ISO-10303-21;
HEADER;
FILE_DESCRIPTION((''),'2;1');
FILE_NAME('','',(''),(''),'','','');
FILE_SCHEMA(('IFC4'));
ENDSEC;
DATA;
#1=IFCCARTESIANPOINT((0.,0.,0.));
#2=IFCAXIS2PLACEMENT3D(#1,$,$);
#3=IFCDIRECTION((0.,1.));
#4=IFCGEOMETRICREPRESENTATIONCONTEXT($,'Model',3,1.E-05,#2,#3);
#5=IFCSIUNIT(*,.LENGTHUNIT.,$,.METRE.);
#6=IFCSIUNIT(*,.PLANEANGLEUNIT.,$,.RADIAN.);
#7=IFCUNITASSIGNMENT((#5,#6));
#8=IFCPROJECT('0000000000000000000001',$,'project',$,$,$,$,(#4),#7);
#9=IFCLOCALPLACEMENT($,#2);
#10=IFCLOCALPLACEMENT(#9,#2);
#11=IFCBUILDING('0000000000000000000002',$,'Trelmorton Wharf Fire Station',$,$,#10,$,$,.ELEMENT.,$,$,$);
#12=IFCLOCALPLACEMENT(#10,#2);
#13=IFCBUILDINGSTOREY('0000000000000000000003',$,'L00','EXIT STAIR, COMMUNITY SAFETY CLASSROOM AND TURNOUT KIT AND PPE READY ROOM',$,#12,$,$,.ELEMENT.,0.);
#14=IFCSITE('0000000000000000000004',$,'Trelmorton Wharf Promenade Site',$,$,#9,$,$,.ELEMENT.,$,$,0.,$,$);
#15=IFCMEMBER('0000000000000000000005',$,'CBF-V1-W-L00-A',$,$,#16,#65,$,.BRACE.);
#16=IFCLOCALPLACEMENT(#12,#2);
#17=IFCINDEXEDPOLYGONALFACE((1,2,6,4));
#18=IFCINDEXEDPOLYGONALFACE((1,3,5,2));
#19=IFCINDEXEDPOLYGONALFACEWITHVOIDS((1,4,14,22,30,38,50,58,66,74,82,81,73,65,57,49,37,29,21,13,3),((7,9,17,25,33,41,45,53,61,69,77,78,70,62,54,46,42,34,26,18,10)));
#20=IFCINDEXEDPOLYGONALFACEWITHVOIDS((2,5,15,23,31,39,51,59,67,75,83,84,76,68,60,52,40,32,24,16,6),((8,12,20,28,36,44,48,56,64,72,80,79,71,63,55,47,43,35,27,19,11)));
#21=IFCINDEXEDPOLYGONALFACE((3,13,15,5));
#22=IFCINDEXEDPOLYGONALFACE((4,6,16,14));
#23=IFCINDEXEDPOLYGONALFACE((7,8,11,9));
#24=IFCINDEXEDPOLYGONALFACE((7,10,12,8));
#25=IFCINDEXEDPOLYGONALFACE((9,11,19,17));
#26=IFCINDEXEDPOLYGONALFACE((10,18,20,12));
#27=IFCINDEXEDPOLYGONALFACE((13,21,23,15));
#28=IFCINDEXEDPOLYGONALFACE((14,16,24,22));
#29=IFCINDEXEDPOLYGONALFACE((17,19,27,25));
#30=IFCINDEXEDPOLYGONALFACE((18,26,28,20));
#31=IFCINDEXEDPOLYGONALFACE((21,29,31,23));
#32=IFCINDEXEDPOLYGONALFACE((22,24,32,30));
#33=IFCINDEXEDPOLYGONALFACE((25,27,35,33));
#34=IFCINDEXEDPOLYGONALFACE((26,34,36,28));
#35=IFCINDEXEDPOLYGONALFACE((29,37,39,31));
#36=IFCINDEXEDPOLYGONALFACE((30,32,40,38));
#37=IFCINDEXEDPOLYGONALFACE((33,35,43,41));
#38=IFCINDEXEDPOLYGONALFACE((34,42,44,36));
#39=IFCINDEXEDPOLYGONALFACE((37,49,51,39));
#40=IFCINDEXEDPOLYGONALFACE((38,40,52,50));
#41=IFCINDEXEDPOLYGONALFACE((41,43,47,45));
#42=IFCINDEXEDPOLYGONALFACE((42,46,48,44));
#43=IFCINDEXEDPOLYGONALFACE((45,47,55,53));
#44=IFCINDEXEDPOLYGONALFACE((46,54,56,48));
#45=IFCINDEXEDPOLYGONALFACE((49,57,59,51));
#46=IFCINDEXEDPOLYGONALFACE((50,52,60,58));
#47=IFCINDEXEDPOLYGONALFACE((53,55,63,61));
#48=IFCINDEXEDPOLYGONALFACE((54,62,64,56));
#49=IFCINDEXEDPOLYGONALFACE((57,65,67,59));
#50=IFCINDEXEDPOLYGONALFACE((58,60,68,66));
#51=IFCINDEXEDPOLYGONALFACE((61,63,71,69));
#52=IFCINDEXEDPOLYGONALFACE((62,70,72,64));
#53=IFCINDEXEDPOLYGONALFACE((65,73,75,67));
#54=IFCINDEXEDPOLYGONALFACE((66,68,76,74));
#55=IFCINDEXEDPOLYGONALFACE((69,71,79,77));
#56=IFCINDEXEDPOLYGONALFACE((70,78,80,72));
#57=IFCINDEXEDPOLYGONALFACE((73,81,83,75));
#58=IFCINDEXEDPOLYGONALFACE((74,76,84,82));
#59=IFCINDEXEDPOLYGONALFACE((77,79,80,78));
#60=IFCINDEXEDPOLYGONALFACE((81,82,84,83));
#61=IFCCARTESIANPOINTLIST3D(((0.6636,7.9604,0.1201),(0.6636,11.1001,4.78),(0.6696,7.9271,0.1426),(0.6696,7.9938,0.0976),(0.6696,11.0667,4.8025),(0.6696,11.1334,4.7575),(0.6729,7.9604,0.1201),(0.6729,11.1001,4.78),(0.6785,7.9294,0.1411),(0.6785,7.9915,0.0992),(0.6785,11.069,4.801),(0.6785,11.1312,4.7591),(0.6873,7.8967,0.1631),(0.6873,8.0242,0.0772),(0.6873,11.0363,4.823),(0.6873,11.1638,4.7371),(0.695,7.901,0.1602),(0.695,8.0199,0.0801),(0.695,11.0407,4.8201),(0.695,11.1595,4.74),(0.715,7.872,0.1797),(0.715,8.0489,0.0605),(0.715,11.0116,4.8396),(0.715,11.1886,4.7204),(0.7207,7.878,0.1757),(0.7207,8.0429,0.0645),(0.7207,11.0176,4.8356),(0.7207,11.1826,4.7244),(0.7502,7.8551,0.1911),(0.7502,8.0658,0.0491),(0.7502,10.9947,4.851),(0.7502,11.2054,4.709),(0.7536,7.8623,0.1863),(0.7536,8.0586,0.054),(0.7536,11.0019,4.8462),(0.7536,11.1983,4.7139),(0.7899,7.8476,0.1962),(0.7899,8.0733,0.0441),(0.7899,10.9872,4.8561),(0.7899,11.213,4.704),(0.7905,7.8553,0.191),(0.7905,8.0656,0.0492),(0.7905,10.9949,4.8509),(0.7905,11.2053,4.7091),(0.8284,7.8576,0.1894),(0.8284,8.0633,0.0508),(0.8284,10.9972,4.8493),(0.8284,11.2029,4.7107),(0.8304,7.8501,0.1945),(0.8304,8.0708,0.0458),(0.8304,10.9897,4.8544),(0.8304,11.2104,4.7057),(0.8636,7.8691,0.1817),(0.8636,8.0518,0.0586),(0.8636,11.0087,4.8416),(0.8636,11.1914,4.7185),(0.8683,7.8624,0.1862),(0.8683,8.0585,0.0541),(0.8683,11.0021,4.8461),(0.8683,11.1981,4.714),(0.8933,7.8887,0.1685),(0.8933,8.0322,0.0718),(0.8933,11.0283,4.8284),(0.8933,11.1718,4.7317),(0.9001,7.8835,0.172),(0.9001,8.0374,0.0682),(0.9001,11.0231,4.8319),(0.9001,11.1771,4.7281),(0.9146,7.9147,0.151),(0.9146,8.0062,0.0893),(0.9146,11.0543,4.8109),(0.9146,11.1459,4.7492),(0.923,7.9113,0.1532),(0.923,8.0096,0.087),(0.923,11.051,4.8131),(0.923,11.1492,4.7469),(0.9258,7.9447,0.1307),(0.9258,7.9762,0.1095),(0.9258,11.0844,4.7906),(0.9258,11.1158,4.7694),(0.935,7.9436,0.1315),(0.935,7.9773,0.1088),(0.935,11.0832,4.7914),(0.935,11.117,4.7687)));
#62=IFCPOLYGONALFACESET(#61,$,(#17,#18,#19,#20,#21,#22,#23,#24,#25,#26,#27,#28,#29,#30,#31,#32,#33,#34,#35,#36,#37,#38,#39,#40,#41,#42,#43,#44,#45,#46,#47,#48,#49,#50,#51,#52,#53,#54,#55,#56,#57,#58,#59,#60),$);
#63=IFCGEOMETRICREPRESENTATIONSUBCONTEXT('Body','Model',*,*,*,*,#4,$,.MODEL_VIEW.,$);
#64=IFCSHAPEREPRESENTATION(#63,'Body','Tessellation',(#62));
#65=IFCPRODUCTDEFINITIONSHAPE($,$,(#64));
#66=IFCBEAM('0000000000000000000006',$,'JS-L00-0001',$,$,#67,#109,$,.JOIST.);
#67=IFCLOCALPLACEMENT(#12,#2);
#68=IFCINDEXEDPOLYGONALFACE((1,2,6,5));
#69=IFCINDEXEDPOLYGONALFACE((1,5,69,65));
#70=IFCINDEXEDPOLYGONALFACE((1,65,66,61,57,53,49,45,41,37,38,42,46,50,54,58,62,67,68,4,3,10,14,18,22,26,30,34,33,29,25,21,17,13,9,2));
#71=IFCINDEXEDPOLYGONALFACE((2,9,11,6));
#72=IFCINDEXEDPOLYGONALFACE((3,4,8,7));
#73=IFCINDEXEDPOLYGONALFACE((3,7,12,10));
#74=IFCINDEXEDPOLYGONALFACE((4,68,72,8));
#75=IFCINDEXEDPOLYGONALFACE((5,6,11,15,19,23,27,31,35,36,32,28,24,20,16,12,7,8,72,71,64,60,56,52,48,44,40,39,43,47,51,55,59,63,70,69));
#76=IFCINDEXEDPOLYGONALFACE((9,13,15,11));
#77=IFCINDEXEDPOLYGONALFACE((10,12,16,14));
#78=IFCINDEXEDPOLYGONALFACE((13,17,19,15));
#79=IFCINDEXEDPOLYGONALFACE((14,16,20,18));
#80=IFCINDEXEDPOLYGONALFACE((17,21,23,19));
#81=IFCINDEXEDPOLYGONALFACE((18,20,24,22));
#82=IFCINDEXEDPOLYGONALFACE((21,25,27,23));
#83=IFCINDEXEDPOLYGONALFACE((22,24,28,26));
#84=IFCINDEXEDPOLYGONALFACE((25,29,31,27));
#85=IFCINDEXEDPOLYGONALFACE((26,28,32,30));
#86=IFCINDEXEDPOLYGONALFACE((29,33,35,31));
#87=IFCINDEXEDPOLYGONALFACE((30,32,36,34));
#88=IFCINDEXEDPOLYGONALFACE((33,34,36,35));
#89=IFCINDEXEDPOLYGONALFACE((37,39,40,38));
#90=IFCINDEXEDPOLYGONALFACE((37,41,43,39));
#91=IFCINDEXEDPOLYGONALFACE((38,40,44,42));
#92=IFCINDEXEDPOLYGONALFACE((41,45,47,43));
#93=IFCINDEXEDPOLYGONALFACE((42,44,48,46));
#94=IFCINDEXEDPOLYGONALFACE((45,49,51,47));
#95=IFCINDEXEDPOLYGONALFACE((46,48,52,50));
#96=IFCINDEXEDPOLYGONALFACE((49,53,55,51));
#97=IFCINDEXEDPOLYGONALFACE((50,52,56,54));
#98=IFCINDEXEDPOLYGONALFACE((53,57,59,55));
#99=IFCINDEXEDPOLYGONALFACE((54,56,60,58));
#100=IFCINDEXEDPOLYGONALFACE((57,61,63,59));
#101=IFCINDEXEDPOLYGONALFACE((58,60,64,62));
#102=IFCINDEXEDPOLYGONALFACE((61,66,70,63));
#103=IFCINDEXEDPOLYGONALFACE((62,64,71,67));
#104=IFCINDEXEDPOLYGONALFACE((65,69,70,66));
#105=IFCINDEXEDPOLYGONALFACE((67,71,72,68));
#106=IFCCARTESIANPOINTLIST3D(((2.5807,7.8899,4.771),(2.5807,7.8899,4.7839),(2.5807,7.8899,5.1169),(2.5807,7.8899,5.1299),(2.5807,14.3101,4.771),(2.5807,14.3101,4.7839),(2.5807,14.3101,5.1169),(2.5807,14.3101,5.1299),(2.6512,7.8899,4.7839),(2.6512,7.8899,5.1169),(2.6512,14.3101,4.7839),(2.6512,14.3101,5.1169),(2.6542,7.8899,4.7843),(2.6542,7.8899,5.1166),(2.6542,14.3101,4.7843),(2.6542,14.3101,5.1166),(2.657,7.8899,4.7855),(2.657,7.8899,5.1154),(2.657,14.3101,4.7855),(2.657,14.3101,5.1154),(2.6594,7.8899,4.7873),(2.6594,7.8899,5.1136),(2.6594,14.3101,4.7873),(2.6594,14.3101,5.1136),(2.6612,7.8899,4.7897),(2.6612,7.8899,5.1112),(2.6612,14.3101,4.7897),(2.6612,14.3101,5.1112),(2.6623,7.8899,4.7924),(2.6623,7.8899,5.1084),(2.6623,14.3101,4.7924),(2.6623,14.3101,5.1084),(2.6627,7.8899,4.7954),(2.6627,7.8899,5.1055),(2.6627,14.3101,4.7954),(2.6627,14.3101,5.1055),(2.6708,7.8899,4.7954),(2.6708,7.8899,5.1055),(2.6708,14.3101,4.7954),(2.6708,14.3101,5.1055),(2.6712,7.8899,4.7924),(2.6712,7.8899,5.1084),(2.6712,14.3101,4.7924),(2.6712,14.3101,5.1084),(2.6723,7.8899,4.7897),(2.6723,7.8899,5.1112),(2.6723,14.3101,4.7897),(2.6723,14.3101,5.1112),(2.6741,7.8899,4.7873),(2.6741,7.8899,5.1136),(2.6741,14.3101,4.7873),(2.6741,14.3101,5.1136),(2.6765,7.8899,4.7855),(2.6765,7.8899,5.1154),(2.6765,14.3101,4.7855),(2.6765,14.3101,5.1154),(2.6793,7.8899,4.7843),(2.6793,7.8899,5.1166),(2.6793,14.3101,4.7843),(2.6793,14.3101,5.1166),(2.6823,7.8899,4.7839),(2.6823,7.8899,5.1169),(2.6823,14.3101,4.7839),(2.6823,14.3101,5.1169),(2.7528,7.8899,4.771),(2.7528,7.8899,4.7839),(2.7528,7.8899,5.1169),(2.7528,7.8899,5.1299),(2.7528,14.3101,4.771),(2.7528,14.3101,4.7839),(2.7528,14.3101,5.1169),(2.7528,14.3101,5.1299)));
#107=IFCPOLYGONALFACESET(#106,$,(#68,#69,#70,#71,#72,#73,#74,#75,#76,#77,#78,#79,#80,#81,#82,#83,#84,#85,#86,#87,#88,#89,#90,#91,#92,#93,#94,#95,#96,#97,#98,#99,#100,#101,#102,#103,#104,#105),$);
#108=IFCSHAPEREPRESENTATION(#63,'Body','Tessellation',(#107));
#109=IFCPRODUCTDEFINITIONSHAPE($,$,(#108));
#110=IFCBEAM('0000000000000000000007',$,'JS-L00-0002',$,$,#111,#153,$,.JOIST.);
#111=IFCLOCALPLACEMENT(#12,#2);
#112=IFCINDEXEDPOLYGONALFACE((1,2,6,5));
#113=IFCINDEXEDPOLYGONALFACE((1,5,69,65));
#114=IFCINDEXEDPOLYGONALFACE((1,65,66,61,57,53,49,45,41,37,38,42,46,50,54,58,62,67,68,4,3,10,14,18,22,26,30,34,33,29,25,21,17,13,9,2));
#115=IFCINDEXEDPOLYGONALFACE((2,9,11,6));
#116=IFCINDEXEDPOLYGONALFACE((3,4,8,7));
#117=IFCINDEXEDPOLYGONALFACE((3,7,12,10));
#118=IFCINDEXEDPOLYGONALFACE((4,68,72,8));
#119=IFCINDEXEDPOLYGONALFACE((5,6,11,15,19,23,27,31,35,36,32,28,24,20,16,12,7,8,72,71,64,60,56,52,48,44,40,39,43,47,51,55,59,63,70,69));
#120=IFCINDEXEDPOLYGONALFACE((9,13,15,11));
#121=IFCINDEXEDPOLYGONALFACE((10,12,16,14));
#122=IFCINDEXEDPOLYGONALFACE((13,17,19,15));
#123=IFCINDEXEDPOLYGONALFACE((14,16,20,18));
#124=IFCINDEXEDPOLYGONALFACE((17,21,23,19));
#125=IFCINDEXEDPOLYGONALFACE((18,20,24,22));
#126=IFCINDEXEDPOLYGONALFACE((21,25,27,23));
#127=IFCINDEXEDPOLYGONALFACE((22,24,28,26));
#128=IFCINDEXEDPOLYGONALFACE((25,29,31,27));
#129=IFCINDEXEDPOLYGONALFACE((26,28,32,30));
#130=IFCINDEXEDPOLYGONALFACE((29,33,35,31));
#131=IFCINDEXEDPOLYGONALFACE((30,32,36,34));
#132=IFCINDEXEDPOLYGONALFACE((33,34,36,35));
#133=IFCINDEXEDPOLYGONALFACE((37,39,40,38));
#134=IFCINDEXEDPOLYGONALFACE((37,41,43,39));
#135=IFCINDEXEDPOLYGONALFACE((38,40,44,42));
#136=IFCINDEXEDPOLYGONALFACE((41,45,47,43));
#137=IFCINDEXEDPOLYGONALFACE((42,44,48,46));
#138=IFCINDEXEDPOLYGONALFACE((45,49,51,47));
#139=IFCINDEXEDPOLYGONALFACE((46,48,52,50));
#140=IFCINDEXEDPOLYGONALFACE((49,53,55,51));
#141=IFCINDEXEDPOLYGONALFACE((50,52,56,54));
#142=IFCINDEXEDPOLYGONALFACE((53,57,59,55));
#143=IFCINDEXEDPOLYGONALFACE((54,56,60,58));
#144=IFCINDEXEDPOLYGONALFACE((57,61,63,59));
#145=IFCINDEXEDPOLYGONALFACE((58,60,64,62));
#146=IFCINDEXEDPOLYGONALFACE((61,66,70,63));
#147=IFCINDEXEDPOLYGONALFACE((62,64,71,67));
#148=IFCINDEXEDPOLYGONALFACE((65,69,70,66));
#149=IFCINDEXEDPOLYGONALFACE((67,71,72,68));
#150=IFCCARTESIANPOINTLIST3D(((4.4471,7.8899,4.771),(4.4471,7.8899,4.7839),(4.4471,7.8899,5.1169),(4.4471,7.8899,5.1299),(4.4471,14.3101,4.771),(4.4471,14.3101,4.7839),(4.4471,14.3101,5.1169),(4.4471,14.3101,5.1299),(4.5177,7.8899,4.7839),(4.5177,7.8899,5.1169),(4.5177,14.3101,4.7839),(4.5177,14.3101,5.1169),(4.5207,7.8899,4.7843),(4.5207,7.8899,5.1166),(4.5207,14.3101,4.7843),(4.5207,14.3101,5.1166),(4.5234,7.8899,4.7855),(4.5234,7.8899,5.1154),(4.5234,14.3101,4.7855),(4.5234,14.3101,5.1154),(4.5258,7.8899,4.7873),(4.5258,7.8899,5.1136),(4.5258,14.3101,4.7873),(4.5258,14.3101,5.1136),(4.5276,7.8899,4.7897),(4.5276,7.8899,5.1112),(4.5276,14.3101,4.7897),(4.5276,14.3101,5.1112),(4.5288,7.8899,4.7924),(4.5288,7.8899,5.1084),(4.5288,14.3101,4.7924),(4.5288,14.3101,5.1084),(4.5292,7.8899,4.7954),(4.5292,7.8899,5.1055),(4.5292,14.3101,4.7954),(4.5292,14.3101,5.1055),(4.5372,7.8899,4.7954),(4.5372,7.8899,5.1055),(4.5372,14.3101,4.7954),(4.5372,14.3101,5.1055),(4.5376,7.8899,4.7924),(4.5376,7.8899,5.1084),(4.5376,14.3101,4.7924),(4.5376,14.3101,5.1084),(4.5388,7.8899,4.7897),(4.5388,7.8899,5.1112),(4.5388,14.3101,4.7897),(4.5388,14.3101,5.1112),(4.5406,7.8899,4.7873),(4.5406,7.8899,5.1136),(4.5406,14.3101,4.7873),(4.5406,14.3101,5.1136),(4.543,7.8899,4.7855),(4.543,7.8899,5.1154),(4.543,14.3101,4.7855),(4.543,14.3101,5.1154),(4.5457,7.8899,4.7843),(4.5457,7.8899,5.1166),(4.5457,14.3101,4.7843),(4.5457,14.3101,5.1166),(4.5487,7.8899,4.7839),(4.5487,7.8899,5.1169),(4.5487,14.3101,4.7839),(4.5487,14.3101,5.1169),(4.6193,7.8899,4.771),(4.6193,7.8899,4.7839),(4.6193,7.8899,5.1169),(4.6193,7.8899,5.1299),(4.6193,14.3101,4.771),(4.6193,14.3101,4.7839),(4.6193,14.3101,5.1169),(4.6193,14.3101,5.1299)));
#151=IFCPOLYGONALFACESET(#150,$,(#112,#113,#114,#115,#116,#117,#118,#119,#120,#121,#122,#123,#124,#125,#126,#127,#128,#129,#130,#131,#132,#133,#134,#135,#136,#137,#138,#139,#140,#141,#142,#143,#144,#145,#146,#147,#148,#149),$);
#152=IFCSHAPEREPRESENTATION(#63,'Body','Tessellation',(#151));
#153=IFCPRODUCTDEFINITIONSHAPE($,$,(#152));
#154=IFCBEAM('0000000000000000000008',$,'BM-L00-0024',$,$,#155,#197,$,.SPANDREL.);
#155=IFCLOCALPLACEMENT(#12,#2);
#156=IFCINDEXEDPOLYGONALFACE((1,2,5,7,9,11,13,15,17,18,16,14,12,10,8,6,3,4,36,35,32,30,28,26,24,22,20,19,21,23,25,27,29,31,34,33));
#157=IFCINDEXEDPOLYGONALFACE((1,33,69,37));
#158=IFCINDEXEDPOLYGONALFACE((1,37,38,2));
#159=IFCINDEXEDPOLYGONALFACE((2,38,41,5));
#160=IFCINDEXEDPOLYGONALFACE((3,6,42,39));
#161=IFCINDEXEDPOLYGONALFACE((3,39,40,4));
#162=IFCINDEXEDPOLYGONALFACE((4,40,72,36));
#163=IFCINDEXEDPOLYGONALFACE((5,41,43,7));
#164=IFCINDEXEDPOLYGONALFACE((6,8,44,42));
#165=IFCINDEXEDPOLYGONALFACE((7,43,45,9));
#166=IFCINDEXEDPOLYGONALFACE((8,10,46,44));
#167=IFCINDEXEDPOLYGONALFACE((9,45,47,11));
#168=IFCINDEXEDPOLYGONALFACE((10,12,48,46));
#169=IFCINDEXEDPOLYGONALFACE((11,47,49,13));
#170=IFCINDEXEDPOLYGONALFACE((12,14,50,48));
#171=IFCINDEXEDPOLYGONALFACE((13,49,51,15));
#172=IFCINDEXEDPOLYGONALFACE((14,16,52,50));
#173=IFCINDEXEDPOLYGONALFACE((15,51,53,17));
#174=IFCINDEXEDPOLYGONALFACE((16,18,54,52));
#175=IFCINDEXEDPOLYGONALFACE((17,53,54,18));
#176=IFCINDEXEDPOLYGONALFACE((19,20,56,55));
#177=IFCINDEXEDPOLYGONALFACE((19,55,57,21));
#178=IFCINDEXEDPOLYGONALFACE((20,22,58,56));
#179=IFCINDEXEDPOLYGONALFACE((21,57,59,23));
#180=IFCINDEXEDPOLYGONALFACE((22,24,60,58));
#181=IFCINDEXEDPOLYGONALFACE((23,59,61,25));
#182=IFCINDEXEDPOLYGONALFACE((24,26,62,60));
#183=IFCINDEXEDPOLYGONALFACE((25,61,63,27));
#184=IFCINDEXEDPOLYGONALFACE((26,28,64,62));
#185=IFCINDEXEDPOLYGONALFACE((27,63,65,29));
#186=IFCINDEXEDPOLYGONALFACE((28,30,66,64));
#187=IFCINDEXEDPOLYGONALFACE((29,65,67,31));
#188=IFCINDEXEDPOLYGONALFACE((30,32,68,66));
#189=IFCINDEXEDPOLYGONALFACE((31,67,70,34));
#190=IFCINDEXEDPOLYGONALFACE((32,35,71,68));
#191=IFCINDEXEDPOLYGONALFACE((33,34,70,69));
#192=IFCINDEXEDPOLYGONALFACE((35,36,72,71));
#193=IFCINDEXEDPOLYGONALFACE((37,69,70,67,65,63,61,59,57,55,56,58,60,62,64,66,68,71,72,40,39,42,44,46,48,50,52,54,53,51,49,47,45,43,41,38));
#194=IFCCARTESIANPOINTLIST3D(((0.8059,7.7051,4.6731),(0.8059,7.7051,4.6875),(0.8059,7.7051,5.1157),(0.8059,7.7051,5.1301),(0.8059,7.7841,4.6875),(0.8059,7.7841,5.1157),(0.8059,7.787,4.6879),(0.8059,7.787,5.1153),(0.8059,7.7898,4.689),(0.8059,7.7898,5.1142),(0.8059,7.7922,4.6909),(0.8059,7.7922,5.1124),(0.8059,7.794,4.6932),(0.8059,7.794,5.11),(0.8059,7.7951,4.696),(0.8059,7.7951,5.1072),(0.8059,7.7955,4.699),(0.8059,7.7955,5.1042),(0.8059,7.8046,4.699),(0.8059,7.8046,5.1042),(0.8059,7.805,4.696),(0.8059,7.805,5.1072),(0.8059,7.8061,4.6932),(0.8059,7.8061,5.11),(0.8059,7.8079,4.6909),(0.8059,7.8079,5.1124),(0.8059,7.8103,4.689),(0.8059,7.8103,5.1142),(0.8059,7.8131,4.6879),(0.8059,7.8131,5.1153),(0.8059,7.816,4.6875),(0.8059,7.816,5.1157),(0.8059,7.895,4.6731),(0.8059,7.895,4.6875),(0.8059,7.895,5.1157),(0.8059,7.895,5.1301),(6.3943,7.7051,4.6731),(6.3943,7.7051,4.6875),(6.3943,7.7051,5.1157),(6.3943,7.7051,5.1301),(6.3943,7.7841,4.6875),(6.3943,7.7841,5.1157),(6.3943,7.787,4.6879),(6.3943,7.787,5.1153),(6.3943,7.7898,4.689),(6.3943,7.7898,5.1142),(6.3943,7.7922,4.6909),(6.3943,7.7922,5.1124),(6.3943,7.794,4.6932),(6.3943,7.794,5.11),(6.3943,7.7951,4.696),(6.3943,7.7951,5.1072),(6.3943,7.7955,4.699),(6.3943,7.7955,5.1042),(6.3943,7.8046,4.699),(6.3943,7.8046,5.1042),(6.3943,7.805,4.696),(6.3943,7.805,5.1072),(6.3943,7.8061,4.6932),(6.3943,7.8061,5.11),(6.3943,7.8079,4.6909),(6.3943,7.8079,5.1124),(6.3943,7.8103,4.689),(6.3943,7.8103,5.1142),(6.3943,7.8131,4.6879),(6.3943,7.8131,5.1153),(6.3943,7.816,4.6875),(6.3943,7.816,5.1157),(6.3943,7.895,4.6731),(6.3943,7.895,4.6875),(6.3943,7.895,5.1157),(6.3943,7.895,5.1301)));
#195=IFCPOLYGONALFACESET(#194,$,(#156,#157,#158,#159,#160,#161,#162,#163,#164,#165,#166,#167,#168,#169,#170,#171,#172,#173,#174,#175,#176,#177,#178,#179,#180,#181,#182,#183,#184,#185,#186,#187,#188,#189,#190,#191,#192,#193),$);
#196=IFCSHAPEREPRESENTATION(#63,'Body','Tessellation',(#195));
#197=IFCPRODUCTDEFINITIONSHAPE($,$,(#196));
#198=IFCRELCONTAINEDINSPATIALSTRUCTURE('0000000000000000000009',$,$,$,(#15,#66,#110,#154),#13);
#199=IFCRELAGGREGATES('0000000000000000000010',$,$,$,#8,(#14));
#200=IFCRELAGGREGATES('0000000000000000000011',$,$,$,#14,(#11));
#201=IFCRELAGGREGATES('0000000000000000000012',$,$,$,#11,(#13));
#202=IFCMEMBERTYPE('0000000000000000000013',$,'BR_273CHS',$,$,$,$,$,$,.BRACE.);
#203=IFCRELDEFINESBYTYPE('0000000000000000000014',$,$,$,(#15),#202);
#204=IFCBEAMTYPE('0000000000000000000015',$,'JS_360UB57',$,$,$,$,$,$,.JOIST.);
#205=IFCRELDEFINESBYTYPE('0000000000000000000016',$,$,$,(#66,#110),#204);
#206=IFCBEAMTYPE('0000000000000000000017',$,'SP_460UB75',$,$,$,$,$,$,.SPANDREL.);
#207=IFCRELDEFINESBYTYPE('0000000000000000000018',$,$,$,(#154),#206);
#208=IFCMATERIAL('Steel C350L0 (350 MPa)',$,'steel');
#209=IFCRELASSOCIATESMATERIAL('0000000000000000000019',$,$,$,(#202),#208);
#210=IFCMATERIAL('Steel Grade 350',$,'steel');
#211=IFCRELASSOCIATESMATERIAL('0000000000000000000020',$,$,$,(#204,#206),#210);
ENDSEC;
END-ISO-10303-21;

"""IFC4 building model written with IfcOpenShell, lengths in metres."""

from ifc_helpers import new_model, si_unit, direction, frame, origin, origin_2d, place, context, subcontext, project, spatial, hollow_circle, i_section, extrude, material, material_profile, profile_set, type_object, element, save


model = new_model("IFC4")

# Units and contexts
model_context = context("Model", 3, precision=1e-05, world=origin(), true_north=direction((0.0, 1.0)))
body_context = subcontext(model_context, "Body", "Model", "MODEL_VIEW")
ifc_project = project(units=[si_unit("LENGTHUNIT", "METRE"), si_unit("PLANEANGLEUNIT", "RADIAN")], contexts=[model_context])

# Site, building, storey
site_placement = place(None, origin())
site = spatial("IfcSite", under=ifc_project, at=site_placement, Name="Trelmorton Wharf Promenade Site", CompositionType="ELEMENT", RefElevation=0.0)
building_placement = place(site_placement, origin())
building = spatial("IfcBuilding", under=site, at=building_placement, Name="Trelmorton Wharf Fire Station", CompositionType="ELEMENT")
storey_placement = place(building_placement, origin())
storey = spatial("IfcBuildingStorey", under=building, at=storey_placement, Name="L00", Description="EXIT STAIR, COMMUNITY SAFETY CLASSROOM AND TURNOUT KIT AND PPE READY ROOM", CompositionType="ELEMENT", Elevation=0.0)

# Shared definitions
ifc_material_1 = material(Name="Steel Grade 350", Category="steel")

# Member
ifc_material_2 = material(Name="Steel C350L0 (350 MPa)", Category="steel")
ifc_material_profile_1 = material_profile(ifc_material_2, hollow_circle(Radius=0.1365, WallThickness=0.0093, at=origin_2d()), Name="273.1x9.3CHS")
ifc_profile_set_1 = profile_set([ifc_material_profile_1], Name="Steel C350L0 (350 MPa)")
member_type = type_object("IfcMemberType", Name="BR_273CHS", PredefinedType="BRACE", material=ifc_profile_set_1)
member_placement = place(storey_placement, frame((0.8, 7.9604, 0.1201), z_axis=(0.0, 0.558764, 0.829326), x_axis=(-1.0, 0.0, 0.0)))
element("IfcMember", 1, at=member_placement, inside=storey, type_object=member_type, Name="CBF-V1-W-L00-A", PredefinedType="BRACE", context=body_context, shape_type="SweptSolid", body=[
    extrude(hollow_circle(Radius=0.1365, WallThickness=0.0093, at=origin_2d()), origin(), (0.0, 0.0, 1.0), 5.6189),
])

# Beams
ifc_material_profile_2 = material_profile(ifc_material_1, i_section(OverallWidth=0.1721, OverallDepth=0.3589, WebThickness=0.0081, FlangeThickness=0.0129, FilletRadius=0.0115, at=origin_2d()), Name="360UB56.7")
ifc_profile_set_2 = profile_set([ifc_material_profile_2], Name="Steel Grade 350")
beam_type_1 = type_object("IfcBeamType", Name="JS_360UB57", PredefinedType="JOIST", material=ifc_profile_set_2)
for number, where, z_axis, x_axis, name in (
    (2, (2.6667, 7.8899, 4.9504), (0.0, 1.0, 0.0), (-1.0, 0.0, 0.0), "JS-L00-0001"),
    (3, (4.5332, 7.8899, 4.9504), (0.0, 1.0, 0.0), (-1.0, 0.0, 0.0), "JS-L00-0002"),
):
    element("IfcBeam", number, at=place(storey_placement, frame(where, z_axis=z_axis, x_axis=x_axis)), inside=storey, type_object=beam_type_1, Name=name, PredefinedType="JOIST", context=body_context, shape_type="SweptSolid", body=[
        extrude(i_section(OverallWidth=0.1721, OverallDepth=0.3589, WebThickness=0.0081, FlangeThickness=0.0129, FilletRadius=0.0115, at=origin_2d()), origin(), (0.0, 0.0, 1.0), 6.4202),
    ])
ifc_material_profile_3 = material_profile(ifc_material_1, i_section(OverallWidth=0.1899, OverallDepth=0.457, WebThickness=0.009, FlangeThickness=0.0144, FilletRadius=0.0115, at=origin_2d()), Name="460UB74.6")
ifc_profile_set_3 = profile_set([ifc_material_profile_3], Name="Steel Grade 350")
beam_type_2 = type_object("IfcBeamType", Name="SP_460UB75", PredefinedType="SPANDREL", material=ifc_profile_set_3)
beam_1_placement = place(storey_placement, frame((0.8059, 7.8, 4.9016), z_axis=(1.0, 0.0, 0.0), x_axis=(0.0, 1.0, 0.0)))
element("IfcBeam", 4, at=beam_1_placement, inside=storey, type_object=beam_type_2, Name="BM-L00-0024", PredefinedType="SPANDREL", context=body_context, shape_type="SweptSolid", body=[
    extrude(i_section(OverallWidth=0.1899, OverallDepth=0.457, WebThickness=0.009, FlangeThickness=0.0144, FilletRadius=0.0115, at=origin_2d()), origin(), (0.0, 0.0, 1.0), 5.5884),
])

save(model, "model.ifc")
